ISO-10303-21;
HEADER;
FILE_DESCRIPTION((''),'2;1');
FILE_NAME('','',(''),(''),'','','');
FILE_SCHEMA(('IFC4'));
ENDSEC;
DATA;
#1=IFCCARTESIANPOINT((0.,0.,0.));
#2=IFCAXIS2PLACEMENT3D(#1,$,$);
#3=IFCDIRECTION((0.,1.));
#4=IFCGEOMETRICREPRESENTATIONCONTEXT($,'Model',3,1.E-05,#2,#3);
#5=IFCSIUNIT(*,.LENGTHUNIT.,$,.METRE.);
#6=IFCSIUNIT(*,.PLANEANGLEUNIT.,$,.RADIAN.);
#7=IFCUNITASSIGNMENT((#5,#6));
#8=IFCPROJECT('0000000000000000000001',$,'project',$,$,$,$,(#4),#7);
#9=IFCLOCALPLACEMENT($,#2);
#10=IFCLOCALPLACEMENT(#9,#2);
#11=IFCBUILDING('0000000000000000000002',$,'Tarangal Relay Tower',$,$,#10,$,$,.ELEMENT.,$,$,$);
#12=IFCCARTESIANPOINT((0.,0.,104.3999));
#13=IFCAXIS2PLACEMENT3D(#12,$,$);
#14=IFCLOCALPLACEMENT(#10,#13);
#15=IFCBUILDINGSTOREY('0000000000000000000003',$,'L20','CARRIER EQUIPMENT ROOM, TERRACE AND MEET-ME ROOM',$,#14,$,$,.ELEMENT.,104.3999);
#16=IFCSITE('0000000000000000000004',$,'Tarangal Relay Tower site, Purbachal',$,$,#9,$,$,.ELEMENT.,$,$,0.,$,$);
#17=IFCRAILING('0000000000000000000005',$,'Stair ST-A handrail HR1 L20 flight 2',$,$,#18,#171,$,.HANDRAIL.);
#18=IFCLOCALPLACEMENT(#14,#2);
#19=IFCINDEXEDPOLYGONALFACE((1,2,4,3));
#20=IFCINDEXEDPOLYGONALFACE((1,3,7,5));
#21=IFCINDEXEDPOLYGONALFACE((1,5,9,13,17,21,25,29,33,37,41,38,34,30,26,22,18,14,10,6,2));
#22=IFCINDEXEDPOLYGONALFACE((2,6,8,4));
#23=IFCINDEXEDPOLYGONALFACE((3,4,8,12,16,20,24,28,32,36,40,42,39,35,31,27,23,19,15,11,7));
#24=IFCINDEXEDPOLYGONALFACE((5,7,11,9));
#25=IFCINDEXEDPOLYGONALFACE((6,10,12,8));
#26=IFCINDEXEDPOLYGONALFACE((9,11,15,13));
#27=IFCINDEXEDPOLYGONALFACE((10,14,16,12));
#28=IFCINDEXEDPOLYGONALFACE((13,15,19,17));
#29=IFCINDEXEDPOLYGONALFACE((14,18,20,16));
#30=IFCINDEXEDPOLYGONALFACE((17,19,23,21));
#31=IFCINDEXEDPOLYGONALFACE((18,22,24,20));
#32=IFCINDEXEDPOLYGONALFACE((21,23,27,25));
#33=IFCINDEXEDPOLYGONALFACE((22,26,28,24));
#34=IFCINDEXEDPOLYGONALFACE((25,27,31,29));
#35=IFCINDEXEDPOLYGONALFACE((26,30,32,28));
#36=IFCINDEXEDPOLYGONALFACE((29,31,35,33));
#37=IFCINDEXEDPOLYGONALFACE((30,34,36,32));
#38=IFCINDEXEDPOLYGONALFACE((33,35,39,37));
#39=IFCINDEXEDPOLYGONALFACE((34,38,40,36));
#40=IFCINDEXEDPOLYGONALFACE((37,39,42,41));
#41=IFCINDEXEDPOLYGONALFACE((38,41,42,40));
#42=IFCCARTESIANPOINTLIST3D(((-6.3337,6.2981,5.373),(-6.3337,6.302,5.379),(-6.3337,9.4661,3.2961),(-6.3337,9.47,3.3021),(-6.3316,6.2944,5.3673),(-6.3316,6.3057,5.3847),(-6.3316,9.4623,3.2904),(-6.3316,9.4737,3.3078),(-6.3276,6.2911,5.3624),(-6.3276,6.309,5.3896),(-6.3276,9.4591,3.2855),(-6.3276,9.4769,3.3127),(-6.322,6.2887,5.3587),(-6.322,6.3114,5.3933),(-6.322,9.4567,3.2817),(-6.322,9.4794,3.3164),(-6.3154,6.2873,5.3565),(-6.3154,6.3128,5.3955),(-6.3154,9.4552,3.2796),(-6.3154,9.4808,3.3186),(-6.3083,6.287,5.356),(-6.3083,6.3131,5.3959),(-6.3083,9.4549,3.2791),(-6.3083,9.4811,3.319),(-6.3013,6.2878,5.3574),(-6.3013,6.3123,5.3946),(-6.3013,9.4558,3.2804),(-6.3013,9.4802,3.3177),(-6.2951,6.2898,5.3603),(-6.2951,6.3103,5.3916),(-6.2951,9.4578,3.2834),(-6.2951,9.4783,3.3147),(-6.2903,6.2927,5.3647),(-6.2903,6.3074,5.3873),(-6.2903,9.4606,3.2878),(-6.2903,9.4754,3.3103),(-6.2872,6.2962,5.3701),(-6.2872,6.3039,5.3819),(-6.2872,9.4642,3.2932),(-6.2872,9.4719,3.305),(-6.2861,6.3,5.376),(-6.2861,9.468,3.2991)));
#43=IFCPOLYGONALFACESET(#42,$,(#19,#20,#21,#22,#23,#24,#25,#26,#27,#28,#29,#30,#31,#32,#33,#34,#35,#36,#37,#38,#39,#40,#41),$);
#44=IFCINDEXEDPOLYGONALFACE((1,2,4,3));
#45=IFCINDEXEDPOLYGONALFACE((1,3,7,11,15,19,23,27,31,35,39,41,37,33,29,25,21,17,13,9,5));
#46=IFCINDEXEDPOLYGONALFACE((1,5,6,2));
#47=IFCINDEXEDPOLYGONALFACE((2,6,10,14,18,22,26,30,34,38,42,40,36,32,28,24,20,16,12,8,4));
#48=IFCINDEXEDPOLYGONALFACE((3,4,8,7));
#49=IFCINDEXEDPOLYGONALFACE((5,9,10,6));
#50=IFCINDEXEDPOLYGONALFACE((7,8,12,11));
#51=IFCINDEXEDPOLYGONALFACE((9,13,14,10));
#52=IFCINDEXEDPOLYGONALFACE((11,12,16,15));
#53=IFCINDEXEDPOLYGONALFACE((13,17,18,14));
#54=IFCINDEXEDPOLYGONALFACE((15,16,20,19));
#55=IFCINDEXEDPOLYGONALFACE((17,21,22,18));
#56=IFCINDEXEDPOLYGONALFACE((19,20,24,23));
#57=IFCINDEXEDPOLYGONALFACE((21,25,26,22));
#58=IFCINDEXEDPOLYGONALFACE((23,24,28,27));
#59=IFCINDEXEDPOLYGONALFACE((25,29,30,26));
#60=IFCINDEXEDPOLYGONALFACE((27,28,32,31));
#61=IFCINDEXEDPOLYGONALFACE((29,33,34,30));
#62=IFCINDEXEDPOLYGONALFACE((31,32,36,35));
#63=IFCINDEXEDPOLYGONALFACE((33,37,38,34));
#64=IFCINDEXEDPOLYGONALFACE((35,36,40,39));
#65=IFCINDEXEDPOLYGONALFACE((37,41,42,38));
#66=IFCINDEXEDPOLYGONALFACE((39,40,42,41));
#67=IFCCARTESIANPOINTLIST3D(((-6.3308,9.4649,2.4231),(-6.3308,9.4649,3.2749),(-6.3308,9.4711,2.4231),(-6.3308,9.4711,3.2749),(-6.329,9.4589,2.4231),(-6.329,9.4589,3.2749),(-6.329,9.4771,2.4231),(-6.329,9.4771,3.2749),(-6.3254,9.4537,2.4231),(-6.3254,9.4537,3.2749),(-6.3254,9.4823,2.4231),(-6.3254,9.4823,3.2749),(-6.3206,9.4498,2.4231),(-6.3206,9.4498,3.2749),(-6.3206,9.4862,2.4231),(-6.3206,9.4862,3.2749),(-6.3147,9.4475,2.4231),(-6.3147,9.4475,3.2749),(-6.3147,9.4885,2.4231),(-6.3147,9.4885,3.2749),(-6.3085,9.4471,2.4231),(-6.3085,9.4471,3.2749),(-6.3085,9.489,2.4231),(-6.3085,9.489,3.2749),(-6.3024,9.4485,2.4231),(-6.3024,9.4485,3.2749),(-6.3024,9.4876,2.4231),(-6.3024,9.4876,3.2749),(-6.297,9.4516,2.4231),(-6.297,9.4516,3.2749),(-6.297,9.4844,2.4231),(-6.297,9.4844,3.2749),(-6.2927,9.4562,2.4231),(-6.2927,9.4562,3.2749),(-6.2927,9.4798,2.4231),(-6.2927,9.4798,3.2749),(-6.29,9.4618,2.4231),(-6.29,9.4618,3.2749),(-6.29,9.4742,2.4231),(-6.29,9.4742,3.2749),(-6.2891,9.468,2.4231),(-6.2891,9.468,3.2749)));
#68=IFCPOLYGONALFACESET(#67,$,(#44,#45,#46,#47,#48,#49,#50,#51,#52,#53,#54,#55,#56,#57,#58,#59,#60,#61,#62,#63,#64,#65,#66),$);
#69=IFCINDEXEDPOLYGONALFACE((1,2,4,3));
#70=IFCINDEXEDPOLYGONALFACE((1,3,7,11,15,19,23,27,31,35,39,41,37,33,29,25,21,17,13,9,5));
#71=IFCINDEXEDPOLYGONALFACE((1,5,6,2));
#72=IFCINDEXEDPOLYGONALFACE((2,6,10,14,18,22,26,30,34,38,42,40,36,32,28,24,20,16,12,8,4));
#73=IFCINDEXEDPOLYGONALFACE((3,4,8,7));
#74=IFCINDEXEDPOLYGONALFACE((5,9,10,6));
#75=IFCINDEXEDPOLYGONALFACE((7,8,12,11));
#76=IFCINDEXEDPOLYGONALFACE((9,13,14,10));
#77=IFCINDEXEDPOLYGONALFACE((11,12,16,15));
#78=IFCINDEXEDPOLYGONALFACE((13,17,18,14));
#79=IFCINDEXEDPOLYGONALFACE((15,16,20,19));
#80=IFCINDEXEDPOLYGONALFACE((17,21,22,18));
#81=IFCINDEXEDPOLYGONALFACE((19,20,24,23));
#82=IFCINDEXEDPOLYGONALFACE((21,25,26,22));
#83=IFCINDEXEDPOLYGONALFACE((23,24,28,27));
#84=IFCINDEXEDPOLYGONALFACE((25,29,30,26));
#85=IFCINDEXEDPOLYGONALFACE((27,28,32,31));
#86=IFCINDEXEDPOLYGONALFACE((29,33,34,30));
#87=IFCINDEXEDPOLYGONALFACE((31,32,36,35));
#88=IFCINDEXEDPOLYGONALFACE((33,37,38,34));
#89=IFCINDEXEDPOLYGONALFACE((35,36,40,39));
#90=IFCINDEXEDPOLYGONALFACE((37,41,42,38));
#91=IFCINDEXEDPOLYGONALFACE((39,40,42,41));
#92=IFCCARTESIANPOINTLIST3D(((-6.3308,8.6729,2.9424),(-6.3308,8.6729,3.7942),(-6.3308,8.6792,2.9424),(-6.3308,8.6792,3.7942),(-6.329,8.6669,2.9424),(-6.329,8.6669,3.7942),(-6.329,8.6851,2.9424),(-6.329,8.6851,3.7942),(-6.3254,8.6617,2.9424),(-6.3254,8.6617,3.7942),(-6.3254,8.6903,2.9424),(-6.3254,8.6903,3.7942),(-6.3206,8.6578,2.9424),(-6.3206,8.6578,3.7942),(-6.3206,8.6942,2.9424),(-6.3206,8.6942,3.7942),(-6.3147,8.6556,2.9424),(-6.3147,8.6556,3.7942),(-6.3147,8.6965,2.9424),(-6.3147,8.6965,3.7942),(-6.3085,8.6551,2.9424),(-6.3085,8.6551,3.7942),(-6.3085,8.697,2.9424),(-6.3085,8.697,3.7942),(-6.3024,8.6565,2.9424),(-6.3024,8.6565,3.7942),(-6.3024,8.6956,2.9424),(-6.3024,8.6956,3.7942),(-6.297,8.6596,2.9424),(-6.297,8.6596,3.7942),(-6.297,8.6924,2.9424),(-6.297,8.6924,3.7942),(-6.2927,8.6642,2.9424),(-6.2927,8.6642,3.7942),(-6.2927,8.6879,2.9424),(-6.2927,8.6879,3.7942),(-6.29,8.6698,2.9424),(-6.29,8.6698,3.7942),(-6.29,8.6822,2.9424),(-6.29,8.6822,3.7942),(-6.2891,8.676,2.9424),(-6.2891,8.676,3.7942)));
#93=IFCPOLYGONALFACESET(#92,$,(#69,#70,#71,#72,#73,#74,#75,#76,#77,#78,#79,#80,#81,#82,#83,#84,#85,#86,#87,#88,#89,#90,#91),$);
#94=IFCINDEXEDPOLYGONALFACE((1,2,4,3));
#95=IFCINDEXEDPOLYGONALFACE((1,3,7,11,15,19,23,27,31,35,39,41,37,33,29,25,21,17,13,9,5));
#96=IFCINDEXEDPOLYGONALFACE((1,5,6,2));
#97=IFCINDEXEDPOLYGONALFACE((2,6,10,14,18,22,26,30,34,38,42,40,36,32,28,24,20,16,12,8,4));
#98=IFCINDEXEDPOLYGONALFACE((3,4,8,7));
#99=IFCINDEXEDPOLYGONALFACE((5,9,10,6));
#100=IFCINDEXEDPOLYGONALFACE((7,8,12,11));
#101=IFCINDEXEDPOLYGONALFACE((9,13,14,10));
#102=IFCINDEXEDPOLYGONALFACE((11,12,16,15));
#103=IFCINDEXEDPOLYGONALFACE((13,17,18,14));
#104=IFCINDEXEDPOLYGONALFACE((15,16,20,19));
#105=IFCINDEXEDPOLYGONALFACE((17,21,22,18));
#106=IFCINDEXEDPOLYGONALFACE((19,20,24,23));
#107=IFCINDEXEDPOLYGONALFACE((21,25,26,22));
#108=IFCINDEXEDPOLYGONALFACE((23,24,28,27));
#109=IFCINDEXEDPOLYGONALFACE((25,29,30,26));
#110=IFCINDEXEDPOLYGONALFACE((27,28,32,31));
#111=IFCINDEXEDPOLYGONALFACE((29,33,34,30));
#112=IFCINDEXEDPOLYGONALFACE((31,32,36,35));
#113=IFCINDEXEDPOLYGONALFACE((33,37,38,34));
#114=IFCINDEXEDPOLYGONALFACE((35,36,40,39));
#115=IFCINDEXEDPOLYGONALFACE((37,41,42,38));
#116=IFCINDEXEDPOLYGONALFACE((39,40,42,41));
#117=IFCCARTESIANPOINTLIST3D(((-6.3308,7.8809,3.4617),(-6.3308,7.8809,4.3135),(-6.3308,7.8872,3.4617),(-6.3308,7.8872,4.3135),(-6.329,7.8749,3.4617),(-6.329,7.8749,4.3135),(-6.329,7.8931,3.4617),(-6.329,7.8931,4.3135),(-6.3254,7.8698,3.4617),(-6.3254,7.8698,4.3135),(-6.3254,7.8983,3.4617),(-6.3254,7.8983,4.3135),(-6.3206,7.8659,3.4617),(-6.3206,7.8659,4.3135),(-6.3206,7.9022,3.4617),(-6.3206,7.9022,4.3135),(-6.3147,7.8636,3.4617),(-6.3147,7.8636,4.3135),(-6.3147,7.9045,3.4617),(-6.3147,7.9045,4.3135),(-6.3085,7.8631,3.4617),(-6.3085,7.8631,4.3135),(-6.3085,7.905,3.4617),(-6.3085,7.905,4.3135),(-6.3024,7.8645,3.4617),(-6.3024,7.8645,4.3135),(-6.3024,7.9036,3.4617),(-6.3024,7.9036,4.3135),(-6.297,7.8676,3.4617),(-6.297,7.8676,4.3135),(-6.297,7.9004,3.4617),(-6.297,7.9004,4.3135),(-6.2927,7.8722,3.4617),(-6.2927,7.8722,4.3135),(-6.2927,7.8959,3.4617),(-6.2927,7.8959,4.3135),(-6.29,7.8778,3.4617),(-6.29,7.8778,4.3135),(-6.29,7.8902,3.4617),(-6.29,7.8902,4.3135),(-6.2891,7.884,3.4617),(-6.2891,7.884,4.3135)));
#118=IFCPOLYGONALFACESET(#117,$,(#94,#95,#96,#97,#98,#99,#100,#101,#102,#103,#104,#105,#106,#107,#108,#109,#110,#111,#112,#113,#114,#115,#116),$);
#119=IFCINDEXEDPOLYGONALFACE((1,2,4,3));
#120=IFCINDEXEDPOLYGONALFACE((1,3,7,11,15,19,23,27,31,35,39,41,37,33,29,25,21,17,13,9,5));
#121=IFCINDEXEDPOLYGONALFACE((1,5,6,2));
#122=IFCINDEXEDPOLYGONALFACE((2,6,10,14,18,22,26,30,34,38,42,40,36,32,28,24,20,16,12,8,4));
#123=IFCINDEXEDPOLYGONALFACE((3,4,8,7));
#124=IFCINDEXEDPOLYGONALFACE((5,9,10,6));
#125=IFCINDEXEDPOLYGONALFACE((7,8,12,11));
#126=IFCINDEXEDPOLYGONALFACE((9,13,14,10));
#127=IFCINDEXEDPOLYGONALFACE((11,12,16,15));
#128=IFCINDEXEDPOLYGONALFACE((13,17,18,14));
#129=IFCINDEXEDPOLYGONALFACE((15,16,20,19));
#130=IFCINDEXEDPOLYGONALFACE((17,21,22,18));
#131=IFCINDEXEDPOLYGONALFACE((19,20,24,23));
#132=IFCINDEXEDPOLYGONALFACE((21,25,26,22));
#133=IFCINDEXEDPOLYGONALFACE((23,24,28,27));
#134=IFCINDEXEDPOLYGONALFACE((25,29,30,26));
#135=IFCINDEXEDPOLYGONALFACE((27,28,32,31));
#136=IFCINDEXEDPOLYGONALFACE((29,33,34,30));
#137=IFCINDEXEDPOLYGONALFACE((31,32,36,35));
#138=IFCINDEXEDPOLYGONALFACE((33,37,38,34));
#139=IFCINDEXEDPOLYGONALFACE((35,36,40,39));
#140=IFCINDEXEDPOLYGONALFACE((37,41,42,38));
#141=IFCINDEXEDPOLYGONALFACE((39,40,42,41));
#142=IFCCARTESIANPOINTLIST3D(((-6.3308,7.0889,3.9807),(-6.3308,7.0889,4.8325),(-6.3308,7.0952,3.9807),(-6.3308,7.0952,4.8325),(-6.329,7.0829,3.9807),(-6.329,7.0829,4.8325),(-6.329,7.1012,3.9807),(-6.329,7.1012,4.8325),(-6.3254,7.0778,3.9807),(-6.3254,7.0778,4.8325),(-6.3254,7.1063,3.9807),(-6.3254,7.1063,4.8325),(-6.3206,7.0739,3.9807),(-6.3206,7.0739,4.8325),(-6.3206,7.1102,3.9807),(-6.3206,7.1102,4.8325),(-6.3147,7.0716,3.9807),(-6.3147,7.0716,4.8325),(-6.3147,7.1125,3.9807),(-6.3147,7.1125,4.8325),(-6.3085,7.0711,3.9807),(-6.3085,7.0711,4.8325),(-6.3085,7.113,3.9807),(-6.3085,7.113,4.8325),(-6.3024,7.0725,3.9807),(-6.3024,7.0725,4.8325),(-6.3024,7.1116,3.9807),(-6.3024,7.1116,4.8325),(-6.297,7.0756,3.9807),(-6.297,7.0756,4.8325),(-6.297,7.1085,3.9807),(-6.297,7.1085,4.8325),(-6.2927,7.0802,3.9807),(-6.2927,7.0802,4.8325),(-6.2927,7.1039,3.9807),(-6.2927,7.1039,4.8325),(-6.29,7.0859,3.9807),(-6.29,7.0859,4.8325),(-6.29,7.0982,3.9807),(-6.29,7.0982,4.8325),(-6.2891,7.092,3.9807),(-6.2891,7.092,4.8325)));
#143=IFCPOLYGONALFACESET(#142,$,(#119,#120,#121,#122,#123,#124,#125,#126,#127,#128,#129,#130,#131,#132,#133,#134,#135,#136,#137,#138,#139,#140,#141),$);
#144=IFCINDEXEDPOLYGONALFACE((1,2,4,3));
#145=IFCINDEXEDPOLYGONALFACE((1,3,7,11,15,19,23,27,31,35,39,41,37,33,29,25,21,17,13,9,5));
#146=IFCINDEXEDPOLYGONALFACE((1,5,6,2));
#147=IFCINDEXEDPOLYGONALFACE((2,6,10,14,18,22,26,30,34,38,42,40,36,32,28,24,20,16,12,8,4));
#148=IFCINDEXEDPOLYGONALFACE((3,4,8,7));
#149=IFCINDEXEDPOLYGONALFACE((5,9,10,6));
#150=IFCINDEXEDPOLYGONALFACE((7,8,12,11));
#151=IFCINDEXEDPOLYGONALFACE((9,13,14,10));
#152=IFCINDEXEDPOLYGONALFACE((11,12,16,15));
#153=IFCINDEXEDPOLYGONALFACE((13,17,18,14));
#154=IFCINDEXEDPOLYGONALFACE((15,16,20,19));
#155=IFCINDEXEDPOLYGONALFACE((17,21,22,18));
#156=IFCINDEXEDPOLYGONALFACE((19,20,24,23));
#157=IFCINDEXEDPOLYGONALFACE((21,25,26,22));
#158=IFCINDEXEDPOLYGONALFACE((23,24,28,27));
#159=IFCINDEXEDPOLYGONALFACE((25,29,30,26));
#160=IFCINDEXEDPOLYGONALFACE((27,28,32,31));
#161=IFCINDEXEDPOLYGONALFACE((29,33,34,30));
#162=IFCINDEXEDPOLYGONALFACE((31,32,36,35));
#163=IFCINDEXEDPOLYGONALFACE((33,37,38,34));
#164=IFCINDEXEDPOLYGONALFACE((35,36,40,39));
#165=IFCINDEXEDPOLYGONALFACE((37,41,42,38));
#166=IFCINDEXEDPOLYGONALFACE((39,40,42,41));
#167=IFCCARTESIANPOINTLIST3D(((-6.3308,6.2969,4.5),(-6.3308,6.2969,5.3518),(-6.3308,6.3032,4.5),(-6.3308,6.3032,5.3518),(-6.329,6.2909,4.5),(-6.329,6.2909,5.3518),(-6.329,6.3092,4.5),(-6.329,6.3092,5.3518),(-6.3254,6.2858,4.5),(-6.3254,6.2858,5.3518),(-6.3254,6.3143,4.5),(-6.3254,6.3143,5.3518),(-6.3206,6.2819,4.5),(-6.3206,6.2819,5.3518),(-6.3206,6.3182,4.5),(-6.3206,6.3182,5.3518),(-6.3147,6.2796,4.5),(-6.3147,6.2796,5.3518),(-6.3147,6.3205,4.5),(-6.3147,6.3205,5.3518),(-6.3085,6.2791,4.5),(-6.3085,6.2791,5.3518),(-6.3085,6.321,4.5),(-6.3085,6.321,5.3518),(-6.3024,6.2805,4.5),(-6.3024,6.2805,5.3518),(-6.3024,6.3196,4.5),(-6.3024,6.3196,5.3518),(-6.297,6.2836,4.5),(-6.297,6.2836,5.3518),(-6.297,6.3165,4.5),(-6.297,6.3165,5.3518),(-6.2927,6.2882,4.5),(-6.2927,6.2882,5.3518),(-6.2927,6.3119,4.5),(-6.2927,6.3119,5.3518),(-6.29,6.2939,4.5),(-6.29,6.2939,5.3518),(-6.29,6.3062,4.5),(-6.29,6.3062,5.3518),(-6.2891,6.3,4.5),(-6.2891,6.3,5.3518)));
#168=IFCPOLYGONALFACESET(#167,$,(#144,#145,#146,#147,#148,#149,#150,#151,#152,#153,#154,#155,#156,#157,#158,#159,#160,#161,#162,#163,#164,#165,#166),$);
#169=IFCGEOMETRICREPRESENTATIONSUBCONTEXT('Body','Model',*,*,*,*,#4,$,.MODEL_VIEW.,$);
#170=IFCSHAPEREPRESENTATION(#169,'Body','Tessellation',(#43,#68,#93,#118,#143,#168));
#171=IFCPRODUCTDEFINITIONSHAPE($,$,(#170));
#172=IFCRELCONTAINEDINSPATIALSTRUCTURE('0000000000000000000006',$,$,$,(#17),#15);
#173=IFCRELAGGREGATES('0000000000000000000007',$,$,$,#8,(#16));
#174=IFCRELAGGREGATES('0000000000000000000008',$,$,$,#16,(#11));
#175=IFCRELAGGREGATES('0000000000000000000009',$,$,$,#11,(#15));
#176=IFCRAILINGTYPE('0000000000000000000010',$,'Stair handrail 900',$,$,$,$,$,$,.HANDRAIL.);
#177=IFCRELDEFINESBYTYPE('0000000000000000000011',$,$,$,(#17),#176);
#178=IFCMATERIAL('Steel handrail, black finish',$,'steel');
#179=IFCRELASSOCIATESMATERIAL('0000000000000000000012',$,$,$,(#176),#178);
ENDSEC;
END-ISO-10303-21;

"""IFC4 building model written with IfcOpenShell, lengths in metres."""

from ifc_helpers import new_model, si_unit, direction, frame, origin, origin_2d, place, context, subcontext, project, spatial, circle, extrude, material, type_object, element, save


model = new_model("IFC4")

# Units and contexts
model_context = context("Model", 3, precision=1e-05, world=origin(), true_north=direction((0.0, 1.0)))
body_context = subcontext(model_context, "Body", "Model", "MODEL_VIEW")
ifc_project = project(units=[si_unit("LENGTHUNIT", "METRE"), si_unit("PLANEANGLEUNIT", "RADIAN")], contexts=[model_context])

# Site, building, storey
site_placement = place(None, origin())
site = spatial("IfcSite", under=ifc_project, at=site_placement, Name="Tarangal Relay Tower site, Purbachal", CompositionType="ELEMENT", RefElevation=0.0)
building_placement = place(site_placement, origin())
building = spatial("IfcBuilding", under=site, at=building_placement, Name="Tarangal Relay Tower", CompositionType="ELEMENT")
storey_placement = place(building_placement, frame((0.0, 0.0, 104.3999)))
storey = spatial("IfcBuildingStorey", under=building, at=storey_placement, Name="L20", Description="CARRIER EQUIPMENT ROOM, TERRACE AND MEET-ME ROOM", CompositionType="ELEMENT", Elevation=104.3999)

# Railing
ifc_material_1 = material(Name="Steel handrail, black finish", Category="steel")
railing_type_1 = type_object("IfcRailingType", Name="Stair handrail 900", PredefinedType="HANDRAIL", material=ifc_material_1)
railing_1_placement = place(storey_placement, frame((-6.3101, 9.468, 2.4231)))
element("IfcRailing", 1, at=railing_1_placement, inside=storey, type_object=railing_type_1, Name="Stair ST-A handrail HR1 L20 flight 2", PredefinedType="HANDRAIL", context=body_context, shape_type="SweptSolid", body=[
    extrude(circle(Radius=0.0239, at=origin_2d()), frame((0.0, 0.0, 0.876), z_axis=(0.0, -0.836299, 0.548273), x_axis=(1.0, 0.0, 0.0)), (0.0, 0.0, 1.0), 3.7881),
    extrude(circle(Radius=0.021, at=origin_2d()), origin(), (0.0, 0.0, 1.0), 0.8518),
    extrude(circle(Radius=0.021, at=origin_2d()), frame((0.0, -0.792, 0.5193)), (0.0, 0.0, 1.0), 0.8518),
    extrude(circle(Radius=0.021, at=origin_2d()), frame((0.0, -1.584, 1.0386)), (0.0, 0.0, 1.0), 0.8518),
    extrude(circle(Radius=0.021, at=origin_2d()), frame((0.0, -2.376, 1.5576)), (0.0, 0.0, 1.0), 0.8518),
    extrude(circle(Radius=0.021, at=origin_2d()), frame((0.0, -3.168, 2.0769)), (0.0, 0.0, 1.0), 0.8518),
])

save(model, "model.ifc")
